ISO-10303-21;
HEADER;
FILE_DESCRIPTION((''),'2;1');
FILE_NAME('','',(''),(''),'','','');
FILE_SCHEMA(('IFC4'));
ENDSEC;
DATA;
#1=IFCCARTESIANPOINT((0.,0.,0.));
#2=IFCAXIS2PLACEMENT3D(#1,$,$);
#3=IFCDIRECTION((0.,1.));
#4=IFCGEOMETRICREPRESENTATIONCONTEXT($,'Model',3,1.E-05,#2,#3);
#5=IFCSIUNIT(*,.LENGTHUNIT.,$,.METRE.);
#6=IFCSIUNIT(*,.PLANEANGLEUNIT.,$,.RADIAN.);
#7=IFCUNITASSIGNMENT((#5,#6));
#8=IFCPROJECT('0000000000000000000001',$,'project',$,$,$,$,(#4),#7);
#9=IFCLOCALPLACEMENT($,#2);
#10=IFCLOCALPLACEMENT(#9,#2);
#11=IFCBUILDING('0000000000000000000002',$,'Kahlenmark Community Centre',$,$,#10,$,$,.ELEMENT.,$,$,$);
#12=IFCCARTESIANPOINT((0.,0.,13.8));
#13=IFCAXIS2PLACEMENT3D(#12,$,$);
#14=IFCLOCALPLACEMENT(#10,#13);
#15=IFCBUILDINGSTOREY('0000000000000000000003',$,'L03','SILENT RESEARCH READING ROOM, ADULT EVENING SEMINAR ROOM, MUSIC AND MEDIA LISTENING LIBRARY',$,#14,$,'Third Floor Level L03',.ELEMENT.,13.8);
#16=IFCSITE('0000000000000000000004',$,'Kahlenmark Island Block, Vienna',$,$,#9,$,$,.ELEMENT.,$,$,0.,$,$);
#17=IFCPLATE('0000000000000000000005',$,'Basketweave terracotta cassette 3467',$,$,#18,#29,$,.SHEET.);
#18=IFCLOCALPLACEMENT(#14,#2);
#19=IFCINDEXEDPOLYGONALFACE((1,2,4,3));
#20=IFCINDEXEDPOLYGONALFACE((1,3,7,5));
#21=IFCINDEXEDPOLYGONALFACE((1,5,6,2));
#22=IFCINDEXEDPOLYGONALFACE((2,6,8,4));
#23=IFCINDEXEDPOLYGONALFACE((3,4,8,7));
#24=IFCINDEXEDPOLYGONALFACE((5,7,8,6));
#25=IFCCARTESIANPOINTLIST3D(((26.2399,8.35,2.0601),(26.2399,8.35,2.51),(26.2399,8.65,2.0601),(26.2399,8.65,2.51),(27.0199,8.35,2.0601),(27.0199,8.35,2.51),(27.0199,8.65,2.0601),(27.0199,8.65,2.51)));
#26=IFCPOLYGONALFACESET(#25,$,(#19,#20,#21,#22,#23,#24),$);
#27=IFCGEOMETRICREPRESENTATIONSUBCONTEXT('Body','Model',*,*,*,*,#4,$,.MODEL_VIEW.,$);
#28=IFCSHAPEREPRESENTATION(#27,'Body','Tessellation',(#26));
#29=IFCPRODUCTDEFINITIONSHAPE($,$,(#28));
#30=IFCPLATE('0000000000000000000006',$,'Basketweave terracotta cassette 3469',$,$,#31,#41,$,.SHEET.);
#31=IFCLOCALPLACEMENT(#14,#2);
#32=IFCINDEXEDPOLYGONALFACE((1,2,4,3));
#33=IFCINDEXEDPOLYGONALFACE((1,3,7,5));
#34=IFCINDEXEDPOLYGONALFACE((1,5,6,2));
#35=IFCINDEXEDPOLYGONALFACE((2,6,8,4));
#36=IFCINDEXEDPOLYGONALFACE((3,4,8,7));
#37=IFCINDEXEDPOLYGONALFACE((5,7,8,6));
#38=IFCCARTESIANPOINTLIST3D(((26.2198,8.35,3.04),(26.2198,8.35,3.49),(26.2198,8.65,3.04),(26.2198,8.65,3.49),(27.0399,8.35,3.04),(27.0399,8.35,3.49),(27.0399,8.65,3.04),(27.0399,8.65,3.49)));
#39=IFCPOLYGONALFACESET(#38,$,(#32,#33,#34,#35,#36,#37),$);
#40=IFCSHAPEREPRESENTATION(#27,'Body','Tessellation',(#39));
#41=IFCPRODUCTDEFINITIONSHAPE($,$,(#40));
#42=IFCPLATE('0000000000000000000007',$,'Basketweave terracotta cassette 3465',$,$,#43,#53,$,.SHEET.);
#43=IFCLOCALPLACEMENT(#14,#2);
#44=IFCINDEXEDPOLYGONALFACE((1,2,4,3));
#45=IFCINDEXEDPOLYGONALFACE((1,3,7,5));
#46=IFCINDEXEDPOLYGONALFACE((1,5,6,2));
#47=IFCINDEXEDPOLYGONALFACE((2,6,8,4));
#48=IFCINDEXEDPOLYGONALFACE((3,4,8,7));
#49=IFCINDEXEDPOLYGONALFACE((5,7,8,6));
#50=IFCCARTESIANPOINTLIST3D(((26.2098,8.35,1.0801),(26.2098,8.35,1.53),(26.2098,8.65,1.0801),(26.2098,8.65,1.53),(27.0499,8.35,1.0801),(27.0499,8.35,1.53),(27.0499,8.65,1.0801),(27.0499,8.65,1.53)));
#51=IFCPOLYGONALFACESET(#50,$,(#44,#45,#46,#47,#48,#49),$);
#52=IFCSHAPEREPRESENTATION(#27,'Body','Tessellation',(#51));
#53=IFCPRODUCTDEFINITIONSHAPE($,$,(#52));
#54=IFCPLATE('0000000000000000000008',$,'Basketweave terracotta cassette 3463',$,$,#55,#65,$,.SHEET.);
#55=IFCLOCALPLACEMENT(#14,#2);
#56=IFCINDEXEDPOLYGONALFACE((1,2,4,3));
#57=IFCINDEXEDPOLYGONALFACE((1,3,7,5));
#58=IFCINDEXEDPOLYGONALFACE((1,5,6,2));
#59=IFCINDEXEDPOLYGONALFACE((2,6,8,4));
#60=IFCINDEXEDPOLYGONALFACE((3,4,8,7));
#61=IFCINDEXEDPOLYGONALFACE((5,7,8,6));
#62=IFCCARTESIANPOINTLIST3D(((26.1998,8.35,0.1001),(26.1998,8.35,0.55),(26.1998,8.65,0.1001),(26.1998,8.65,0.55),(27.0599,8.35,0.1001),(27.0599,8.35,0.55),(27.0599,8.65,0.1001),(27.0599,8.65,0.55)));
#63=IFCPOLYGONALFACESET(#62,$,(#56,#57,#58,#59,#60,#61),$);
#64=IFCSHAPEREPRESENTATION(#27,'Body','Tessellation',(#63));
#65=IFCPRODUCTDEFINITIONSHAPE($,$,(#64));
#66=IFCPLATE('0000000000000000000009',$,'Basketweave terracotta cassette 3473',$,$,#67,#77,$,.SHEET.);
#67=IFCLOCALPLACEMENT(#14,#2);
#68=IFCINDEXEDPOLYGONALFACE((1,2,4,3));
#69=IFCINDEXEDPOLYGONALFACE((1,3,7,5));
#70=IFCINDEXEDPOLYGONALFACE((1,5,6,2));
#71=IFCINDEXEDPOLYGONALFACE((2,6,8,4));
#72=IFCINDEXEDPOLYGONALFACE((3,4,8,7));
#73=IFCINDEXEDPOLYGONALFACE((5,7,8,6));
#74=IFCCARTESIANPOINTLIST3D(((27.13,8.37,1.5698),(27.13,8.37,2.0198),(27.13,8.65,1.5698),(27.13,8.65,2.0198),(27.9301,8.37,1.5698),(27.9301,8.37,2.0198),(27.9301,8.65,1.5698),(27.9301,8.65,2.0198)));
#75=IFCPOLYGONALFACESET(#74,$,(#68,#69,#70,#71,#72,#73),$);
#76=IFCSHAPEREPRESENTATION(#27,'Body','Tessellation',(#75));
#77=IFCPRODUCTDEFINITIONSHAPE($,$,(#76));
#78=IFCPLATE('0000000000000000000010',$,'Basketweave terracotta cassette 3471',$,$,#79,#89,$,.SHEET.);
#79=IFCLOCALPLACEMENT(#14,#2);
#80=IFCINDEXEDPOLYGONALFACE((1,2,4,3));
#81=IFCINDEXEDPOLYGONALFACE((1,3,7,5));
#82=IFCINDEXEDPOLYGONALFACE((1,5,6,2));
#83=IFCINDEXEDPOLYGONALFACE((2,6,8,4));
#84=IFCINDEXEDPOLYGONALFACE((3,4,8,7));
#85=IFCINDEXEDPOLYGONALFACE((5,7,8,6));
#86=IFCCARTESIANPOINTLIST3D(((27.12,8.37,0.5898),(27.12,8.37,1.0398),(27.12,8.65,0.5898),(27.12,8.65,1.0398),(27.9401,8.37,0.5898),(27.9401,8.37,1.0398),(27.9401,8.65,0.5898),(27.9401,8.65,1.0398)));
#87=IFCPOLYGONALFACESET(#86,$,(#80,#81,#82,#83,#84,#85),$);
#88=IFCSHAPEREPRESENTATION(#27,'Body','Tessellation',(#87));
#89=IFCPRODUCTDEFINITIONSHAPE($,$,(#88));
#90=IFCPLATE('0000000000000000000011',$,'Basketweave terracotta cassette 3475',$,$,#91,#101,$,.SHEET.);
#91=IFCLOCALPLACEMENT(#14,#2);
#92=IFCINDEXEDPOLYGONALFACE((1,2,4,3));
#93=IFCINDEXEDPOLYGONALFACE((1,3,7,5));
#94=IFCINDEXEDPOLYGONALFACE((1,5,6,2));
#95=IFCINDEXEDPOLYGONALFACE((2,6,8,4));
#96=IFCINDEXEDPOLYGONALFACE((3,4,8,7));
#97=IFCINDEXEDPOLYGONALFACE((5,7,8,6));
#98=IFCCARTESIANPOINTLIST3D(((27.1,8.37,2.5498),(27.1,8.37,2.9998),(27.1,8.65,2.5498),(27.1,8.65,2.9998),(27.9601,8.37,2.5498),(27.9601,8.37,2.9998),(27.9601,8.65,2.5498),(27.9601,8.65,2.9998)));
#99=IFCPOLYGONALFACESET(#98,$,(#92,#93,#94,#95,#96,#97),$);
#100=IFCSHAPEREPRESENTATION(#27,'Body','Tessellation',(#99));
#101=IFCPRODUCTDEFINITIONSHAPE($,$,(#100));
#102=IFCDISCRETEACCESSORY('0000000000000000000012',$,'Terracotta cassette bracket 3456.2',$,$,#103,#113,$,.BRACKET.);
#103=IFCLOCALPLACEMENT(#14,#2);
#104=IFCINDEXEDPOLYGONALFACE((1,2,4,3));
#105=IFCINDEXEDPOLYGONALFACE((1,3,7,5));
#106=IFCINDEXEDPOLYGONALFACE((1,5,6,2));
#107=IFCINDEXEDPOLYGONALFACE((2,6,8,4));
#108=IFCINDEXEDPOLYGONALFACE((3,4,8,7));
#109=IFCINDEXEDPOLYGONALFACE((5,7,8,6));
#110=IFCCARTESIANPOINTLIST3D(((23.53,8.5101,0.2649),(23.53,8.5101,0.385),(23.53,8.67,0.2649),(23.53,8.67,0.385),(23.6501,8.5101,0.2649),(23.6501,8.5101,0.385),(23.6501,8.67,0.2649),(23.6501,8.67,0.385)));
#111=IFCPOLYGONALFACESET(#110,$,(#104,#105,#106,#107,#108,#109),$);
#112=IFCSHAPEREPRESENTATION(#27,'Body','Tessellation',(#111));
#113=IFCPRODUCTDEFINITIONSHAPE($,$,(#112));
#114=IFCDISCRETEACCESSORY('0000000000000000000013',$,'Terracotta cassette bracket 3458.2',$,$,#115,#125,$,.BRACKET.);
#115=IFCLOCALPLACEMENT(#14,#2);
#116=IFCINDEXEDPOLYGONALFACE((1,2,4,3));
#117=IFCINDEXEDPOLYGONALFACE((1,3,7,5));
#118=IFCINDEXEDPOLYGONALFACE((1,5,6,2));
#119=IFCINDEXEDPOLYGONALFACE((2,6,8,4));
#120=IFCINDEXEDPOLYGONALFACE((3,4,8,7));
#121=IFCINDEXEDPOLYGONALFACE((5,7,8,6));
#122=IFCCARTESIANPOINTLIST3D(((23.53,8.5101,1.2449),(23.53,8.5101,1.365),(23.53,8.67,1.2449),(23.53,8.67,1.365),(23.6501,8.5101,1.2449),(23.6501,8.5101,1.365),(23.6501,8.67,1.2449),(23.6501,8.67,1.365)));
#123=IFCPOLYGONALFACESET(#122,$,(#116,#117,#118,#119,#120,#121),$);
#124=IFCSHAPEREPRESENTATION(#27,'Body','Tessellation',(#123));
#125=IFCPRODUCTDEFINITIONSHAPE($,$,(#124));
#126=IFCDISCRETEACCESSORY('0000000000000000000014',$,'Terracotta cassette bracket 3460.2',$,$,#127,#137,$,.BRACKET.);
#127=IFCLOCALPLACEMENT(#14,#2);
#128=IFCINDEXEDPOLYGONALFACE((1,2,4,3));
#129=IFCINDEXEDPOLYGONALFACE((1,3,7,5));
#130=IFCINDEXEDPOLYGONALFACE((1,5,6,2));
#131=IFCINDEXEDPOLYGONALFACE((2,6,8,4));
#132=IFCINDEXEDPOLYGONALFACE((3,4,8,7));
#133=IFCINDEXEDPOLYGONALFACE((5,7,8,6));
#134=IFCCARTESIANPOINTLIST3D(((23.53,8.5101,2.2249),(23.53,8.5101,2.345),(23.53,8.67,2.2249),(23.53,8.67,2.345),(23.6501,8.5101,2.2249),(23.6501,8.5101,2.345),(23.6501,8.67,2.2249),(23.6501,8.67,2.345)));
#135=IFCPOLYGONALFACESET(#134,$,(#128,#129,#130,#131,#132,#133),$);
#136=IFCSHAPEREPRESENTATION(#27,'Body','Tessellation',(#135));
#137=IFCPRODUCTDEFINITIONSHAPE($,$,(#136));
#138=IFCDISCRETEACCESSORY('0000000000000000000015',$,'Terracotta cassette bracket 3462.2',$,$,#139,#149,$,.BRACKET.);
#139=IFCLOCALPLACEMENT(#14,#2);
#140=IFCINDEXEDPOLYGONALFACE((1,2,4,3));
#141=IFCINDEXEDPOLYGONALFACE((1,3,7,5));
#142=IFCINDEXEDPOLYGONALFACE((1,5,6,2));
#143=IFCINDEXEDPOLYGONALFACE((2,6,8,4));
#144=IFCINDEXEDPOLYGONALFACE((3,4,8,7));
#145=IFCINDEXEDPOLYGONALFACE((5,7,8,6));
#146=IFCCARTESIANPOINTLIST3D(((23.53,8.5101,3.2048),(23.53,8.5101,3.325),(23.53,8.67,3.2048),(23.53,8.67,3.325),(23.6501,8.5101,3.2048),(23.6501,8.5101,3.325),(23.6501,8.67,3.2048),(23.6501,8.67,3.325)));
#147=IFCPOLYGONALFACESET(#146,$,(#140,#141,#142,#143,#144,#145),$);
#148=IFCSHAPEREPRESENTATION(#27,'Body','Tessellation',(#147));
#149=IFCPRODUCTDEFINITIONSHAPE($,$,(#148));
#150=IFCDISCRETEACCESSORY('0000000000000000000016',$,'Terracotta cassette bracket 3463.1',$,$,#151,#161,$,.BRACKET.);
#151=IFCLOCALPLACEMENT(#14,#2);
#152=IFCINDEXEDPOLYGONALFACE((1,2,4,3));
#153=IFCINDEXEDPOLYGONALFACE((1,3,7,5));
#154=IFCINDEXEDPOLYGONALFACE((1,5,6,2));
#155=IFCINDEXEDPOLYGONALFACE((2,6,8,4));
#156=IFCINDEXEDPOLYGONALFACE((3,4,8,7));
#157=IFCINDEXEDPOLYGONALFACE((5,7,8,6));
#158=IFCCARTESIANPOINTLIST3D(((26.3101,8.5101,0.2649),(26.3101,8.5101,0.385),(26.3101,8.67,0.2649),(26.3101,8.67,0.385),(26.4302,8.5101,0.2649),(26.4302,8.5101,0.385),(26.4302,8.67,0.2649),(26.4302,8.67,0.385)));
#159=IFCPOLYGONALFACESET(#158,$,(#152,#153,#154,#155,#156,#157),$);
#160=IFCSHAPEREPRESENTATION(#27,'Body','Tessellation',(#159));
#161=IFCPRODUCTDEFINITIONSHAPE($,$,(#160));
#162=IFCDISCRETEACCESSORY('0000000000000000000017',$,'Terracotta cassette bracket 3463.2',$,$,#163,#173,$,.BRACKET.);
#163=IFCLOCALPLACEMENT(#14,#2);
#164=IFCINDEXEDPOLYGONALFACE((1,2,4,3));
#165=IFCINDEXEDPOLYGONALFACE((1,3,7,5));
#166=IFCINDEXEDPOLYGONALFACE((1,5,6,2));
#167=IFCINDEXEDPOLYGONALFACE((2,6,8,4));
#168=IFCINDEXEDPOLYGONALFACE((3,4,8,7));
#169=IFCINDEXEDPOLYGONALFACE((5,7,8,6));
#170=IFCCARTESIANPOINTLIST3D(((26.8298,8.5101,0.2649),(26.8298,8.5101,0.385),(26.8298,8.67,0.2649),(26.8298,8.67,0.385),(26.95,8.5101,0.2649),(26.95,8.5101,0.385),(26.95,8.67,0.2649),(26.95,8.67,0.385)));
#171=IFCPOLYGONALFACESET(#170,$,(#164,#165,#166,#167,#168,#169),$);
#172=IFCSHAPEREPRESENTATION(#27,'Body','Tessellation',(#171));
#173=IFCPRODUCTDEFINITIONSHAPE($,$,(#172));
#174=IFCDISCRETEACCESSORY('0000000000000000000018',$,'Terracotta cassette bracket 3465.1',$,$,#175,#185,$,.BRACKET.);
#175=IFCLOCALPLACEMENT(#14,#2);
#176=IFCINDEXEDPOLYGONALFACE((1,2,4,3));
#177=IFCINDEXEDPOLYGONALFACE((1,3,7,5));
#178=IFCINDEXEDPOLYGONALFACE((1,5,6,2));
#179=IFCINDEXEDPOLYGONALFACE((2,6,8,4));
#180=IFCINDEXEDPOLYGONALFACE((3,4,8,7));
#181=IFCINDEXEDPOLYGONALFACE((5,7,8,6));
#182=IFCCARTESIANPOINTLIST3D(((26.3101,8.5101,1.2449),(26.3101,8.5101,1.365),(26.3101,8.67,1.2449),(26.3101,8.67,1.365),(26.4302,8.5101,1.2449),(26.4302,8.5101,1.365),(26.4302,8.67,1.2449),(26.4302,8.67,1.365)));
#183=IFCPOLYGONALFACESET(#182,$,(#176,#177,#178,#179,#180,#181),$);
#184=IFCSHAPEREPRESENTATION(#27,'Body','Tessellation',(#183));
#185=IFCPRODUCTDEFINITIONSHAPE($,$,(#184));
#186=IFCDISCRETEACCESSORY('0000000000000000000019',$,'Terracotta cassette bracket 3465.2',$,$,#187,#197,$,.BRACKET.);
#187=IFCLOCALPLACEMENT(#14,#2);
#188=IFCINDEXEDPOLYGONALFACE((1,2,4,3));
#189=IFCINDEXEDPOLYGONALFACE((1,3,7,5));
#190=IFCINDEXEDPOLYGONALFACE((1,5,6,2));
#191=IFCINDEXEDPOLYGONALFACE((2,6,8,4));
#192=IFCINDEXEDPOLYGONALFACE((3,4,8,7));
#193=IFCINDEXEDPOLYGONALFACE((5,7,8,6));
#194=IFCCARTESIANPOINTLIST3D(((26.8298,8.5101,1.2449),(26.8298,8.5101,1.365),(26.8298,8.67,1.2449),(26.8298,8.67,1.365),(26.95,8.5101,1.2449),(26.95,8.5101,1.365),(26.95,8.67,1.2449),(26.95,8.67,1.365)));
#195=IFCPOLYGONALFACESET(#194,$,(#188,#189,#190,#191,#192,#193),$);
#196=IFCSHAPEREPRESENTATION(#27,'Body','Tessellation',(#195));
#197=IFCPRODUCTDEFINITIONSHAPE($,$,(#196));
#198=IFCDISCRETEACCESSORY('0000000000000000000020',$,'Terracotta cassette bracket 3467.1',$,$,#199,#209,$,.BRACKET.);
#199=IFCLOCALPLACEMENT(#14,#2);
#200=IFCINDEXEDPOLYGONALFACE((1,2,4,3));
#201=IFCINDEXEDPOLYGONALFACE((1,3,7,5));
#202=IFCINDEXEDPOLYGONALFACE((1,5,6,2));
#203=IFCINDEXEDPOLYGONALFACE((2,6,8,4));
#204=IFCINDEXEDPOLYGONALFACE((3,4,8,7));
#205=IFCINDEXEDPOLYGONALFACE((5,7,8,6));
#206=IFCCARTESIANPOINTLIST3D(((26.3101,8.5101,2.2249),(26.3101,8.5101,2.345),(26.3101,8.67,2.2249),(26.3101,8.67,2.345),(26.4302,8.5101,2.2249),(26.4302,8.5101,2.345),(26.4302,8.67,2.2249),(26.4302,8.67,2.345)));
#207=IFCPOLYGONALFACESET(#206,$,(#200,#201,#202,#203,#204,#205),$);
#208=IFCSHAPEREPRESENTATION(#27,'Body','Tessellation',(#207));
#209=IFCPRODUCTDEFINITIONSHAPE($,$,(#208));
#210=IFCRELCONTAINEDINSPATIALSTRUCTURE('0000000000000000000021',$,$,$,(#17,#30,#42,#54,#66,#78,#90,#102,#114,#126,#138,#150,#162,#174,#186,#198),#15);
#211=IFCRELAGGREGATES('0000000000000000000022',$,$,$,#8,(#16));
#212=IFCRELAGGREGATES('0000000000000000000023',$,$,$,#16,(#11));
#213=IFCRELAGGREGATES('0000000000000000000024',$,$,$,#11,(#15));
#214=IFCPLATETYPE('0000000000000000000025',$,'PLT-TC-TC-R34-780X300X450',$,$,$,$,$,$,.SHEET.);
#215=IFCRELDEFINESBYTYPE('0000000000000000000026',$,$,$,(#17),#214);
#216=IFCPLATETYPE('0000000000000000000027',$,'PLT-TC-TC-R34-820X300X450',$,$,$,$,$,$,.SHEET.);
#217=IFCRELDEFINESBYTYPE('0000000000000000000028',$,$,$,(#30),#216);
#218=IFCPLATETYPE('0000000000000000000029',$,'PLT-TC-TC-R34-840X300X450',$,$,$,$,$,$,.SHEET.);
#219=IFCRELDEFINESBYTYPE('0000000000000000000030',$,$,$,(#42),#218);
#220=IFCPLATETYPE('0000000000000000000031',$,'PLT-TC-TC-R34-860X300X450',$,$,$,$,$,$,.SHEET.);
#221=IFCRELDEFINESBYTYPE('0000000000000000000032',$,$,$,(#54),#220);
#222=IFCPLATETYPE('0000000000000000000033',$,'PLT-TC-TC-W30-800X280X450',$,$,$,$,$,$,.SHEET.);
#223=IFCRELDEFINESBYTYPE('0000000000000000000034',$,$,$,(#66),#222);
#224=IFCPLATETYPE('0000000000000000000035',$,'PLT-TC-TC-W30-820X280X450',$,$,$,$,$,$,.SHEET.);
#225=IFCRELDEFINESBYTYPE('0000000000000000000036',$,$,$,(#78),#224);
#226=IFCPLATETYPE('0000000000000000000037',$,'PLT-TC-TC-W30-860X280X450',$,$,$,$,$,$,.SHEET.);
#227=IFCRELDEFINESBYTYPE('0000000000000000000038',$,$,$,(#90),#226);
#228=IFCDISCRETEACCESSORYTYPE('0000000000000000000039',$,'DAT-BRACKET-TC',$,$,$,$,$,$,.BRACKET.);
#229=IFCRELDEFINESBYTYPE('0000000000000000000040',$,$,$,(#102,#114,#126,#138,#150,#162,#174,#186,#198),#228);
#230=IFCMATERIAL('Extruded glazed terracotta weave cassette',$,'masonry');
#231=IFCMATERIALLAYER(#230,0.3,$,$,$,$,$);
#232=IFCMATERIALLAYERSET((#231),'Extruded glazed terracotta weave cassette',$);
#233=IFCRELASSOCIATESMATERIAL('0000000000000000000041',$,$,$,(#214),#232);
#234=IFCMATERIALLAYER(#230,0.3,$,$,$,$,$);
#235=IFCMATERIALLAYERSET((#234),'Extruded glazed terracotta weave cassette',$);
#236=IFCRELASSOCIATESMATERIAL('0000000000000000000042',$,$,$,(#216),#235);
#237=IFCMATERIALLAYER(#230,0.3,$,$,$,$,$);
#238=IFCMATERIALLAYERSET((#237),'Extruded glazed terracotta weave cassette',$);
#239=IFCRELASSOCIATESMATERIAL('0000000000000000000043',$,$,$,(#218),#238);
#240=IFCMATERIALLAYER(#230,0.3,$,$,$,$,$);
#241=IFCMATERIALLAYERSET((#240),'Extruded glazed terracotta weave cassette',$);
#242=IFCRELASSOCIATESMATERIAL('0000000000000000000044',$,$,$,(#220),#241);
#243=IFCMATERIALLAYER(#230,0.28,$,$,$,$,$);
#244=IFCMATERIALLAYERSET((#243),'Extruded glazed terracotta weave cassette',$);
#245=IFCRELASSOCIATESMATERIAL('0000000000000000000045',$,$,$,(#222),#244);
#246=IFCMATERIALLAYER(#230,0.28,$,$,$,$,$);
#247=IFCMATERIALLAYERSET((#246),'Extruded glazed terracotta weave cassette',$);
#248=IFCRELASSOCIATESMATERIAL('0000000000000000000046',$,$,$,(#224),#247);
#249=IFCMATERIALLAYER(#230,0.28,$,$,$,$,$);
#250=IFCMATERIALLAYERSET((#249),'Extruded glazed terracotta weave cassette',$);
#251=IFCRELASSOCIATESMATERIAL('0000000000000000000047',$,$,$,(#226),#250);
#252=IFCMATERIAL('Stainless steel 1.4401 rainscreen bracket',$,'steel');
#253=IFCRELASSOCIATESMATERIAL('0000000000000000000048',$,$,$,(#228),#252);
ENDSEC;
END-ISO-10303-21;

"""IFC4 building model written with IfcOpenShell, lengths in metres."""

from ifc_helpers import new_model, si_unit, direction, frame, origin, origin_2d, place, context, subcontext, project, spatial, rectangle, extrude, material, layer, layer_set, type_object, element, save


model = new_model("IFC4")

# Units and contexts
model_context = context("Model", 3, precision=1e-05, world=origin(), true_north=direction((0.0, 1.0)))
body_context = subcontext(model_context, "Body", "Model", "MODEL_VIEW")
ifc_project = project(units=[si_unit("LENGTHUNIT", "METRE"), si_unit("PLANEANGLEUNIT", "RADIAN")], contexts=[model_context])

# Site, building, storey
site_placement = place(None, origin())
site = spatial("IfcSite", under=ifc_project, at=site_placement, Name="Kahlenmark Island Block, Vienna", CompositionType="ELEMENT", RefElevation=0.0)
building_placement = place(site_placement, origin())
building = spatial("IfcBuilding", under=site, at=building_placement, Name="Kahlenmark Community Centre", CompositionType="ELEMENT")
storey_placement = place(building_placement, frame((0.0, 0.0, 13.8)))
storey = spatial("IfcBuildingStorey", under=building, at=storey_placement, Name="L03", Description="SILENT RESEARCH READING ROOM, ADULT EVENING SEMINAR ROOM, MUSIC AND MEDIA LISTENING LIBRARY", LongName="Third Floor Level L03", CompositionType="ELEMENT", Elevation=13.8)

# Plates
ifc_material_1 = material(Name="Extruded glazed terracotta weave cassette", Category="masonry")
ifc_layer_1 = layer(ifc_material_1, 0.3)
ifc_layer_set_1 = layer_set([ifc_layer_1], Name="Extruded glazed terracotta weave cassette")
plate_type_1 = type_object("IfcPlateType", Name="PLT-TC-TC-R34-780X300X450", PredefinedType="SHEET", material=ifc_layer_set_1)
plate_1_placement = place(storey_placement, frame((26.6299, 8.5, 2.0601), z_axis=(0.0, 0.0, 1.0), x_axis=(1.0, 0.0, 0.0)))
element("IfcPlate", 1, at=plate_1_placement, inside=storey, type_object=plate_type_1, Name="Basketweave terracotta cassette 3467", PredefinedType="SHEET", context=body_context, shape_type="SweptSolid", body=[
    extrude(rectangle(XDim=0.78, YDim=0.3, at=origin_2d()), origin(), (0.0, 0.0, 1.0), 0.45),
])
ifc_layer_2 = layer(ifc_material_1, 0.3)
ifc_layer_set_2 = layer_set([ifc_layer_2], Name="Extruded glazed terracotta weave cassette")
plate_type_2 = type_object("IfcPlateType", Name="PLT-TC-TC-R34-820X300X450", PredefinedType="SHEET", material=ifc_layer_set_2)
plate_2_placement = place(storey_placement, frame((26.6299, 8.5, 3.04), z_axis=(0.0, 0.0, 1.0), x_axis=(1.0, 0.0, 0.0)))
element("IfcPlate", 2, at=plate_2_placement, inside=storey, type_object=plate_type_2, Name="Basketweave terracotta cassette 3469", PredefinedType="SHEET", context=body_context, shape_type="SweptSolid", body=[
    extrude(rectangle(XDim=0.8201, YDim=0.3, at=origin_2d()), origin(), (0.0, 0.0, 1.0), 0.45),
])
ifc_layer_3 = layer(ifc_material_1, 0.3)
ifc_layer_set_3 = layer_set([ifc_layer_3], Name="Extruded glazed terracotta weave cassette")
plate_type_3 = type_object("IfcPlateType", Name="PLT-TC-TC-R34-840X300X450", PredefinedType="SHEET", material=ifc_layer_set_3)
plate_3_placement = place(storey_placement, frame((26.6299, 8.5, 1.0801), z_axis=(0.0, 0.0, 1.0), x_axis=(1.0, 0.0, 0.0)))
element("IfcPlate", 3, at=plate_3_placement, inside=storey, type_object=plate_type_3, Name="Basketweave terracotta cassette 3465", PredefinedType="SHEET", context=body_context, shape_type="SweptSolid", body=[
    extrude(rectangle(XDim=0.8401, YDim=0.3, at=origin_2d()), origin(), (0.0, 0.0, 1.0), 0.45),
])
ifc_layer_4 = layer(ifc_material_1, 0.3)
ifc_layer_set_4 = layer_set([ifc_layer_4], Name="Extruded glazed terracotta weave cassette")
plate_type_4 = type_object("IfcPlateType", Name="PLT-TC-TC-R34-860X300X450", PredefinedType="SHEET", material=ifc_layer_set_4)
plate_4_placement = place(storey_placement, frame((26.6299, 8.5, 0.1001), z_axis=(0.0, 0.0, 1.0), x_axis=(1.0, 0.0, 0.0)))
element("IfcPlate", 4, at=plate_4_placement, inside=storey, type_object=plate_type_4, Name="Basketweave terracotta cassette 3463", PredefinedType="SHEET", context=body_context, shape_type="SweptSolid", body=[
    extrude(rectangle(XDim=0.8601, YDim=0.3, at=origin_2d()), origin(), (0.0, 0.0, 1.0), 0.45),
])
ifc_layer_5 = layer(ifc_material_1, 0.28)
ifc_layer_set_5 = layer_set([ifc_layer_5], Name="Extruded glazed terracotta weave cassette")
plate_type_5 = type_object("IfcPlateType", Name="PLT-TC-TC-W30-800X280X450", PredefinedType="SHEET", material=ifc_layer_set_5)
plate_5_placement = place(storey_placement, frame((27.53, 8.51, 1.5698), z_axis=(0.0, 0.0, 1.0), x_axis=(1.0, 0.0, 0.0)))
element("IfcPlate", 5, at=plate_5_placement, inside=storey, type_object=plate_type_5, Name="Basketweave terracotta cassette 3473", PredefinedType="SHEET", context=body_context, shape_type="SweptSolid", body=[
    extrude(rectangle(XDim=0.8, YDim=0.28, at=origin_2d()), origin(), (0.0, 0.0, 1.0), 0.45),
])
ifc_layer_6 = layer(ifc_material_1, 0.28)
ifc_layer_set_6 = layer_set([ifc_layer_6], Name="Extruded glazed terracotta weave cassette")
plate_type_6 = type_object("IfcPlateType", Name="PLT-TC-TC-W30-820X280X450", PredefinedType="SHEET", material=ifc_layer_set_6)
plate_6_placement = place(storey_placement, frame((27.53, 8.51, 0.5898), z_axis=(0.0, 0.0, 1.0), x_axis=(1.0, 0.0, 0.0)))
element("IfcPlate", 6, at=plate_6_placement, inside=storey, type_object=plate_type_6, Name="Basketweave terracotta cassette 3471", PredefinedType="SHEET", context=body_context, shape_type="SweptSolid", body=[
    extrude(rectangle(XDim=0.8201, YDim=0.28, at=origin_2d()), origin(), (0.0, 0.0, 1.0), 0.45),
])
ifc_layer_7 = layer(ifc_material_1, 0.28)
ifc_layer_set_7 = layer_set([ifc_layer_7], Name="Extruded glazed terracotta weave cassette")
plate_type_7 = type_object("IfcPlateType", Name="PLT-TC-TC-W30-860X280X450", PredefinedType="SHEET", material=ifc_layer_set_7)
plate_7_placement = place(storey_placement, frame((27.53, 8.51, 2.5498), z_axis=(0.0, 0.0, 1.0), x_axis=(1.0, 0.0, 0.0)))
element("IfcPlate", 7, at=plate_7_placement, inside=storey, type_object=plate_type_7, Name="Basketweave terracotta cassette 3475", PredefinedType="SHEET", context=body_context, shape_type="SweptSolid", body=[
    extrude(rectangle(XDim=0.8601, YDim=0.28, at=origin_2d()), origin(), (0.0, 0.0, 1.0), 0.45),
])

# Discrete accessories
ifc_material_2 = material(Name="Stainless steel 1.4401 rainscreen bracket", Category="steel")
discrete_accessory_type = type_object("IfcDiscreteAccessoryType", Name="DAT-BRACKET-TC", PredefinedType="BRACKET", material=ifc_material_2)
for number, where, z_axis, x_axis, name in (
    (8, (23.5901, 8.5901, 0.2649), (0.0, 0.0, 1.0), (1.0, 0.0, 0.0), "Terracotta cassette bracket 3456.2"),
    (9, (23.5901, 8.5901, 1.2449), (0.0, 0.0, 1.0), (1.0, 0.0, 0.0), "Terracotta cassette bracket 3458.2"),
    (10, (23.5901, 8.5901, 2.2249), (0.0, 0.0, 1.0), (1.0, 0.0, 0.0), "Terracotta cassette bracket 3460.2"),
    (11, (23.5901, 8.5901, 3.2048), (0.0, 0.0, 1.0), (1.0, 0.0, 0.0), "Terracotta cassette bracket 3462.2"),
    (12, (26.3701, 8.5901, 0.2649), (0.0, 0.0, 1.0), (1.0, 0.0, 0.0), "Terracotta cassette bracket 3463.1"),
    (13, (26.8899, 8.5901, 0.2649), (0.0, 0.0, 1.0), (1.0, 0.0, 0.0), "Terracotta cassette bracket 3463.2"),
    (14, (26.3701, 8.5901, 1.2449), (0.0, 0.0, 1.0), (1.0, 0.0, 0.0), "Terracotta cassette bracket 3465.1"),
    (15, (26.8899, 8.5901, 1.2449), (0.0, 0.0, 1.0), (1.0, 0.0, 0.0), "Terracotta cassette bracket 3465.2"),
    (16, (26.3701, 8.5901, 2.2249), (0.0, 0.0, 1.0), (1.0, 0.0, 0.0), "Terracotta cassette bracket 3467.1"),
):
    element("IfcDiscreteAccessory", number, at=place(storey_placement, frame(where, z_axis=z_axis, x_axis=x_axis)), inside=storey, type_object=discrete_accessory_type, Name=name, PredefinedType="BRACKET", context=body_context, shape_type="SweptSolid", body=[
        extrude(rectangle(XDim=0.1201, YDim=0.1599, at=origin_2d()), origin(), (0.0, 0.0, 1.0), 0.1201),
    ])

save(model, "model.ifc")
